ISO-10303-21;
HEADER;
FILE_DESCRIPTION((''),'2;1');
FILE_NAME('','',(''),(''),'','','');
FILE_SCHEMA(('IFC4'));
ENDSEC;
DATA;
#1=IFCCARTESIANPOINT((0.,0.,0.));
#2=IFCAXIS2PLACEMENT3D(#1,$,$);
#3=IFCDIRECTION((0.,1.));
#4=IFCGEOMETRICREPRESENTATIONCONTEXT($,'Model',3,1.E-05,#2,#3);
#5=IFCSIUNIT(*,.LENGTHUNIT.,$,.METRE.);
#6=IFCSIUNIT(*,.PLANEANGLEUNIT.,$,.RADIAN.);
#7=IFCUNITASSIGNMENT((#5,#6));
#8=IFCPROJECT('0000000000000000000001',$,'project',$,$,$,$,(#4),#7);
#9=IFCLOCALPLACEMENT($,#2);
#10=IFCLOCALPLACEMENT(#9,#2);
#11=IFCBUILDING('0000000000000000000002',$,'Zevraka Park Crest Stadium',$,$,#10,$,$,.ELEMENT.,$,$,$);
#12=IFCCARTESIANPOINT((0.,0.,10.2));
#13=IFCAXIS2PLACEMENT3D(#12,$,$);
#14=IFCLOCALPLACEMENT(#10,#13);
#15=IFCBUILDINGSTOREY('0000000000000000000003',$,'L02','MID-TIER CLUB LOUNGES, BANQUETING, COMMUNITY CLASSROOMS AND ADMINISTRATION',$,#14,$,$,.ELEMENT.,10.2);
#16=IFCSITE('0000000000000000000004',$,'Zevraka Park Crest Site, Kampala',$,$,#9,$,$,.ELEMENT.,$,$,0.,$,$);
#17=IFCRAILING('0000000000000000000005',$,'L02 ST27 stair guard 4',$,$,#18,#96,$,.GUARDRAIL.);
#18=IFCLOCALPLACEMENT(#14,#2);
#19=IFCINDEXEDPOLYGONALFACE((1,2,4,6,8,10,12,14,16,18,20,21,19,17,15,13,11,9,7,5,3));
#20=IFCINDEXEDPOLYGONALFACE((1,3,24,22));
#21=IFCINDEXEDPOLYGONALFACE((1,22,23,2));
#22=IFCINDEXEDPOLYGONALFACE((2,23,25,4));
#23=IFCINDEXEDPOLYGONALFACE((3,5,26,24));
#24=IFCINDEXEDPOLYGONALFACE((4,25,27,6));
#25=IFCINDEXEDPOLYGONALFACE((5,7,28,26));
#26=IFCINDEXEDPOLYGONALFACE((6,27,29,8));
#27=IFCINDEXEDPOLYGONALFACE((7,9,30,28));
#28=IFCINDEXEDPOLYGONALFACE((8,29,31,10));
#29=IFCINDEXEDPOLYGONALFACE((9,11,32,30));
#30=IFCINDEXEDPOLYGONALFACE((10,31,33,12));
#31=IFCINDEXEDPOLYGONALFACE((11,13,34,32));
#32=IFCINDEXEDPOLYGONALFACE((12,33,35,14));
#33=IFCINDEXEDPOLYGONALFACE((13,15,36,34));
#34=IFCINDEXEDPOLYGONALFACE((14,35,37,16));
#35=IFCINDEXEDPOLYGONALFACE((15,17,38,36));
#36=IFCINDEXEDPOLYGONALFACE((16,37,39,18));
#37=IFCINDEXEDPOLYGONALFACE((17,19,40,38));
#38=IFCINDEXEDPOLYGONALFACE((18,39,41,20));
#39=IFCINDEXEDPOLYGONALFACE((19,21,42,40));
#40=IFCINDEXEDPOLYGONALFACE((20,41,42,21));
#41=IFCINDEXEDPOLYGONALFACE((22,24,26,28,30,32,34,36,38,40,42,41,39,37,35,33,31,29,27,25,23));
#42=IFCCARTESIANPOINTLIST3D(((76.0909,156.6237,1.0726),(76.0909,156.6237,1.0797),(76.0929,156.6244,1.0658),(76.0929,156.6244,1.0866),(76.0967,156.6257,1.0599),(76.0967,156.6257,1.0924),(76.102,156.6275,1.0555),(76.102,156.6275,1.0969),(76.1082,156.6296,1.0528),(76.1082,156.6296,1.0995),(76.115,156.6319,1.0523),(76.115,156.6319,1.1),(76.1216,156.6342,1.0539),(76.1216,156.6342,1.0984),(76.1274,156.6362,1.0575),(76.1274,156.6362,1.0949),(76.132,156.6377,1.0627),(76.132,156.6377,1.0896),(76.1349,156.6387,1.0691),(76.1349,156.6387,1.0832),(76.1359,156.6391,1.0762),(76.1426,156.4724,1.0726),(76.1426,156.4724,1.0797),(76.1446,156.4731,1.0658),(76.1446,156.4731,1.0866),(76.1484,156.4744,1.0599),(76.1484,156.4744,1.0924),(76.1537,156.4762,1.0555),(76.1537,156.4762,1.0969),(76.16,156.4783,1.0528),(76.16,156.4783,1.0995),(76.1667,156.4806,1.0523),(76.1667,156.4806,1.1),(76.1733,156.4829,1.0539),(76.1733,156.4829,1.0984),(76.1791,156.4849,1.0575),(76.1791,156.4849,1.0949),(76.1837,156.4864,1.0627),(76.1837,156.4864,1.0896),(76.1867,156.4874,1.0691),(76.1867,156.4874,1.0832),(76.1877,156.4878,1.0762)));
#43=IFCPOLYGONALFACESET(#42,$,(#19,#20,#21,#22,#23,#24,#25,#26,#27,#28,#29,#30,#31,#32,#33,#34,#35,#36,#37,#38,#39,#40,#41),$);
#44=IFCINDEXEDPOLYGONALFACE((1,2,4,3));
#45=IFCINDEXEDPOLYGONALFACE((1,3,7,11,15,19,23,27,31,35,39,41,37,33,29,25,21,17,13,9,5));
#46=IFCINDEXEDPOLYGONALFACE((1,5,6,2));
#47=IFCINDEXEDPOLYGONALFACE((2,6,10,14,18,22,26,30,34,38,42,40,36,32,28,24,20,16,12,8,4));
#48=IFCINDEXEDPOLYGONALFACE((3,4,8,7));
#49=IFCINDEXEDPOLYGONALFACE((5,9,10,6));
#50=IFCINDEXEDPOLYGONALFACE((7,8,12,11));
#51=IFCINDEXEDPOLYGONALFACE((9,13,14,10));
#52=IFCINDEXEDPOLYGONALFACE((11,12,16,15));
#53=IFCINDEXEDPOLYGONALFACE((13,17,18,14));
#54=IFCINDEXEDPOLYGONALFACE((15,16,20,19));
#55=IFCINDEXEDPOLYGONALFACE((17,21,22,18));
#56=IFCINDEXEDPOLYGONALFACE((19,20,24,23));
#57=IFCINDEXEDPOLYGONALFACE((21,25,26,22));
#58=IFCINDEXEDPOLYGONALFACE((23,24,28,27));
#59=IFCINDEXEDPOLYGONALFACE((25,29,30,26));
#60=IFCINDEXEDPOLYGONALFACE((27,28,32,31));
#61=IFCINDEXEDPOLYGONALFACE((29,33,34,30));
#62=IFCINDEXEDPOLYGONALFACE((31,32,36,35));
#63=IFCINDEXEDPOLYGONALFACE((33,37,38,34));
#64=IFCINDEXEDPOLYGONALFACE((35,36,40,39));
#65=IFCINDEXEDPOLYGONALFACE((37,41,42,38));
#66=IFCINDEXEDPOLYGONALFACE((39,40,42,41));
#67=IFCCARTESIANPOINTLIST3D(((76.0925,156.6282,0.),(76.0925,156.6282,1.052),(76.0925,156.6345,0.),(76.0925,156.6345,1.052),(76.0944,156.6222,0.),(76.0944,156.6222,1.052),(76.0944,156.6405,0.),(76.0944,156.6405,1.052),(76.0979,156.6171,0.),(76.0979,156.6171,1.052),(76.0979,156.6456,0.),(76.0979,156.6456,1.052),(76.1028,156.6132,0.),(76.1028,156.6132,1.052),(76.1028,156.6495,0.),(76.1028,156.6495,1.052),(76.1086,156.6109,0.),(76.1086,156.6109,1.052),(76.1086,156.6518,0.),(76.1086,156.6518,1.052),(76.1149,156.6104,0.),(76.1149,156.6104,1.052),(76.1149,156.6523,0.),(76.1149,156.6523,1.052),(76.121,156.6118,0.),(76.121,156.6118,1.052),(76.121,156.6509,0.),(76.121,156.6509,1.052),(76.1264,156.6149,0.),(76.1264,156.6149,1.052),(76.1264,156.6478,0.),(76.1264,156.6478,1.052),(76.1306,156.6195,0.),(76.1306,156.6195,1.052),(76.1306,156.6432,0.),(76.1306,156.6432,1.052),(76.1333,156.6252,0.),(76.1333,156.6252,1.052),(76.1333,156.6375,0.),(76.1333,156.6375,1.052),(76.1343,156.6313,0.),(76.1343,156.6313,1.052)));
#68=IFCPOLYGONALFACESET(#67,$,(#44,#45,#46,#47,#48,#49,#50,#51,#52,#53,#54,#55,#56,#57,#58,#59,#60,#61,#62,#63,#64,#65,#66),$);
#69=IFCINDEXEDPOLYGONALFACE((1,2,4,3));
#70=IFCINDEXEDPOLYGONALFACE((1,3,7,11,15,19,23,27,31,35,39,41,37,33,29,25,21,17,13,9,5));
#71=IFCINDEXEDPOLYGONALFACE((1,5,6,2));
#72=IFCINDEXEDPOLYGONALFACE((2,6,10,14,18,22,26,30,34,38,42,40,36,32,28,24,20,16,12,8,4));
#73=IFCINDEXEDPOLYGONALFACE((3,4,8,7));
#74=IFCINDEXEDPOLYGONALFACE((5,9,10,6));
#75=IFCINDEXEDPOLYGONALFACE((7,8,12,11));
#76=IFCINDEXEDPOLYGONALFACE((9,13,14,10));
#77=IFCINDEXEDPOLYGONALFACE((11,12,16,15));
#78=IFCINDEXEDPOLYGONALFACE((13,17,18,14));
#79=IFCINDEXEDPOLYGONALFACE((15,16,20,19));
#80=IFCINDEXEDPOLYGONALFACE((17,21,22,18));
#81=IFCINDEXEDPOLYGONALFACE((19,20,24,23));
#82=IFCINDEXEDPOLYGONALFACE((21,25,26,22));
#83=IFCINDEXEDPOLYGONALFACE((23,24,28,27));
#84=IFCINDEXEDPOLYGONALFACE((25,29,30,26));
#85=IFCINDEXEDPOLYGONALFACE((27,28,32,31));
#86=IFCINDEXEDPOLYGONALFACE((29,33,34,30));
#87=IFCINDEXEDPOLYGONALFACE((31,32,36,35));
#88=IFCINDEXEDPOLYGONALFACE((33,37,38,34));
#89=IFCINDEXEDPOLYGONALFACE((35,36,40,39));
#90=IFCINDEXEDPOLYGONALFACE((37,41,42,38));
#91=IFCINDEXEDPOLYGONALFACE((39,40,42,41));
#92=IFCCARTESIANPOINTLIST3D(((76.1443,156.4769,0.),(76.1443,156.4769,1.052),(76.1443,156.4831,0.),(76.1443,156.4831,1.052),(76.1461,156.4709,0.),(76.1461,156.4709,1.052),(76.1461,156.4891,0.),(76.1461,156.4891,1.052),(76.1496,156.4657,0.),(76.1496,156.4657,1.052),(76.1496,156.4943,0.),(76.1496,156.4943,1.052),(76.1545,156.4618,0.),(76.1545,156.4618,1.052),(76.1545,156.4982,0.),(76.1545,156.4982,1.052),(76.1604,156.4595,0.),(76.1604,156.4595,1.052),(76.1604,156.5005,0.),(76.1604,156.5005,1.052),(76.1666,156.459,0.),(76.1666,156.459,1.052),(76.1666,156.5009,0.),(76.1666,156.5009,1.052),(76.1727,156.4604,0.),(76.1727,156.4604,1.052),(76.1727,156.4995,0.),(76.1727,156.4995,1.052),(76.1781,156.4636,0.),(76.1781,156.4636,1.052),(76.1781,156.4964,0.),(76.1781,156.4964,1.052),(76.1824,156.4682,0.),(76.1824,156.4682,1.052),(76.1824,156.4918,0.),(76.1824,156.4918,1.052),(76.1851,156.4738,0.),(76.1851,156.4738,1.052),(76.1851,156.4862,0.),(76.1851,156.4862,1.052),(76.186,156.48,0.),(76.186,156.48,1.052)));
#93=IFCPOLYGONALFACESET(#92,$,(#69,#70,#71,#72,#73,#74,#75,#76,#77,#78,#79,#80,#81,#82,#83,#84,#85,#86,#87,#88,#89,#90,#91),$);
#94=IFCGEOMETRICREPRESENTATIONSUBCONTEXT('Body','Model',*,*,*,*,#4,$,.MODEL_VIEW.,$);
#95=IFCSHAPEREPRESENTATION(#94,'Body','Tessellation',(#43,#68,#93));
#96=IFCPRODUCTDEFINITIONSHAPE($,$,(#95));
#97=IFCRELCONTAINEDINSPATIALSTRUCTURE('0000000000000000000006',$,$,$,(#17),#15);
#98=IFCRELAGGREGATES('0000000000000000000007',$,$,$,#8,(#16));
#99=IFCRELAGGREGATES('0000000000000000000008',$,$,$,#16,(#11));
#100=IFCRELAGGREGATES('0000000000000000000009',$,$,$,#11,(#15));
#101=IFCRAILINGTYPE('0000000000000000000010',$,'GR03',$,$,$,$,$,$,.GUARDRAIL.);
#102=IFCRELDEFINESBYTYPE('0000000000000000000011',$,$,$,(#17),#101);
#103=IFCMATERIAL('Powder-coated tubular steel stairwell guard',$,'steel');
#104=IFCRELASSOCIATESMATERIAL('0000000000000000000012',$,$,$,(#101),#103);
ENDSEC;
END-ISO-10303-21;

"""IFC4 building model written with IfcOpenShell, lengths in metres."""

from ifc_helpers import new_model, si_unit, direction, frame, origin, origin_2d, place, context, subcontext, project, spatial, circle, extrude, material, type_object, element, save


model = new_model("IFC4")

# Units and contexts
model_context = context("Model", 3, precision=1e-05, world=origin(), true_north=direction((0.0, 1.0)))
body_context = subcontext(model_context, "Body", "Model", "MODEL_VIEW")
ifc_project = project(units=[si_unit("LENGTHUNIT", "METRE"), si_unit("PLANEANGLEUNIT", "RADIAN")], contexts=[model_context])

# Site, building, storey
site_placement = place(None, origin())
site = spatial("IfcSite", under=ifc_project, at=site_placement, Name="Zevraka Park Crest Site, Kampala", CompositionType="ELEMENT", RefElevation=0.0)
building_placement = place(site_placement, origin())
building = spatial("IfcBuilding", under=site, at=building_placement, Name="Zevraka Park Crest Stadium", CompositionType="ELEMENT")
storey_placement = place(building_placement, frame((0.0, 0.0, 10.2)))
storey = spatial("IfcBuildingStorey", under=building, at=storey_placement, Name="L02", Description="MID-TIER CLUB LOUNGES, BANQUETING, COMMUNITY CLASSROOMS AND ADMINISTRATION", CompositionType="ELEMENT", Elevation=10.2)

# Railing
ifc_material_1 = material(Name="Powder-coated tubular steel stairwell guard", Category="steel")
railing_type_1 = type_object("IfcRailingType", Name="GR03", PredefinedType="GUARDRAIL", material=ifc_material_1)
railing_1_placement = place(storey_placement, frame((76.1133, 156.6313, 0.0)))
element("IfcRailing", 1, at=railing_1_placement, inside=storey, type_object=railing_type_1, Name="L02 ST27 stair guard 4", PredefinedType="GUARDRAIL", context=body_context, shape_type="SweptSolid", body=[
    extrude(circle(Radius=0.0239, at=origin_2d()), frame((0.0, 0.0, 1.0762), z_axis=(0.323544, -0.946213, 0.0), x_axis=(0.946213, 0.323544, 0.0)), (0.0, 0.0, 1.0), 0.1599),
    extrude(circle(Radius=0.021, at=origin_2d()), origin(), (0.0, 0.0, 1.0), 1.052),
    extrude(circle(Radius=0.021, at=origin_2d()), frame((0.0518, -0.1514, 0.0)), (0.0, 0.0, 1.0), 1.052),
])

save(model, "model.ifc")
